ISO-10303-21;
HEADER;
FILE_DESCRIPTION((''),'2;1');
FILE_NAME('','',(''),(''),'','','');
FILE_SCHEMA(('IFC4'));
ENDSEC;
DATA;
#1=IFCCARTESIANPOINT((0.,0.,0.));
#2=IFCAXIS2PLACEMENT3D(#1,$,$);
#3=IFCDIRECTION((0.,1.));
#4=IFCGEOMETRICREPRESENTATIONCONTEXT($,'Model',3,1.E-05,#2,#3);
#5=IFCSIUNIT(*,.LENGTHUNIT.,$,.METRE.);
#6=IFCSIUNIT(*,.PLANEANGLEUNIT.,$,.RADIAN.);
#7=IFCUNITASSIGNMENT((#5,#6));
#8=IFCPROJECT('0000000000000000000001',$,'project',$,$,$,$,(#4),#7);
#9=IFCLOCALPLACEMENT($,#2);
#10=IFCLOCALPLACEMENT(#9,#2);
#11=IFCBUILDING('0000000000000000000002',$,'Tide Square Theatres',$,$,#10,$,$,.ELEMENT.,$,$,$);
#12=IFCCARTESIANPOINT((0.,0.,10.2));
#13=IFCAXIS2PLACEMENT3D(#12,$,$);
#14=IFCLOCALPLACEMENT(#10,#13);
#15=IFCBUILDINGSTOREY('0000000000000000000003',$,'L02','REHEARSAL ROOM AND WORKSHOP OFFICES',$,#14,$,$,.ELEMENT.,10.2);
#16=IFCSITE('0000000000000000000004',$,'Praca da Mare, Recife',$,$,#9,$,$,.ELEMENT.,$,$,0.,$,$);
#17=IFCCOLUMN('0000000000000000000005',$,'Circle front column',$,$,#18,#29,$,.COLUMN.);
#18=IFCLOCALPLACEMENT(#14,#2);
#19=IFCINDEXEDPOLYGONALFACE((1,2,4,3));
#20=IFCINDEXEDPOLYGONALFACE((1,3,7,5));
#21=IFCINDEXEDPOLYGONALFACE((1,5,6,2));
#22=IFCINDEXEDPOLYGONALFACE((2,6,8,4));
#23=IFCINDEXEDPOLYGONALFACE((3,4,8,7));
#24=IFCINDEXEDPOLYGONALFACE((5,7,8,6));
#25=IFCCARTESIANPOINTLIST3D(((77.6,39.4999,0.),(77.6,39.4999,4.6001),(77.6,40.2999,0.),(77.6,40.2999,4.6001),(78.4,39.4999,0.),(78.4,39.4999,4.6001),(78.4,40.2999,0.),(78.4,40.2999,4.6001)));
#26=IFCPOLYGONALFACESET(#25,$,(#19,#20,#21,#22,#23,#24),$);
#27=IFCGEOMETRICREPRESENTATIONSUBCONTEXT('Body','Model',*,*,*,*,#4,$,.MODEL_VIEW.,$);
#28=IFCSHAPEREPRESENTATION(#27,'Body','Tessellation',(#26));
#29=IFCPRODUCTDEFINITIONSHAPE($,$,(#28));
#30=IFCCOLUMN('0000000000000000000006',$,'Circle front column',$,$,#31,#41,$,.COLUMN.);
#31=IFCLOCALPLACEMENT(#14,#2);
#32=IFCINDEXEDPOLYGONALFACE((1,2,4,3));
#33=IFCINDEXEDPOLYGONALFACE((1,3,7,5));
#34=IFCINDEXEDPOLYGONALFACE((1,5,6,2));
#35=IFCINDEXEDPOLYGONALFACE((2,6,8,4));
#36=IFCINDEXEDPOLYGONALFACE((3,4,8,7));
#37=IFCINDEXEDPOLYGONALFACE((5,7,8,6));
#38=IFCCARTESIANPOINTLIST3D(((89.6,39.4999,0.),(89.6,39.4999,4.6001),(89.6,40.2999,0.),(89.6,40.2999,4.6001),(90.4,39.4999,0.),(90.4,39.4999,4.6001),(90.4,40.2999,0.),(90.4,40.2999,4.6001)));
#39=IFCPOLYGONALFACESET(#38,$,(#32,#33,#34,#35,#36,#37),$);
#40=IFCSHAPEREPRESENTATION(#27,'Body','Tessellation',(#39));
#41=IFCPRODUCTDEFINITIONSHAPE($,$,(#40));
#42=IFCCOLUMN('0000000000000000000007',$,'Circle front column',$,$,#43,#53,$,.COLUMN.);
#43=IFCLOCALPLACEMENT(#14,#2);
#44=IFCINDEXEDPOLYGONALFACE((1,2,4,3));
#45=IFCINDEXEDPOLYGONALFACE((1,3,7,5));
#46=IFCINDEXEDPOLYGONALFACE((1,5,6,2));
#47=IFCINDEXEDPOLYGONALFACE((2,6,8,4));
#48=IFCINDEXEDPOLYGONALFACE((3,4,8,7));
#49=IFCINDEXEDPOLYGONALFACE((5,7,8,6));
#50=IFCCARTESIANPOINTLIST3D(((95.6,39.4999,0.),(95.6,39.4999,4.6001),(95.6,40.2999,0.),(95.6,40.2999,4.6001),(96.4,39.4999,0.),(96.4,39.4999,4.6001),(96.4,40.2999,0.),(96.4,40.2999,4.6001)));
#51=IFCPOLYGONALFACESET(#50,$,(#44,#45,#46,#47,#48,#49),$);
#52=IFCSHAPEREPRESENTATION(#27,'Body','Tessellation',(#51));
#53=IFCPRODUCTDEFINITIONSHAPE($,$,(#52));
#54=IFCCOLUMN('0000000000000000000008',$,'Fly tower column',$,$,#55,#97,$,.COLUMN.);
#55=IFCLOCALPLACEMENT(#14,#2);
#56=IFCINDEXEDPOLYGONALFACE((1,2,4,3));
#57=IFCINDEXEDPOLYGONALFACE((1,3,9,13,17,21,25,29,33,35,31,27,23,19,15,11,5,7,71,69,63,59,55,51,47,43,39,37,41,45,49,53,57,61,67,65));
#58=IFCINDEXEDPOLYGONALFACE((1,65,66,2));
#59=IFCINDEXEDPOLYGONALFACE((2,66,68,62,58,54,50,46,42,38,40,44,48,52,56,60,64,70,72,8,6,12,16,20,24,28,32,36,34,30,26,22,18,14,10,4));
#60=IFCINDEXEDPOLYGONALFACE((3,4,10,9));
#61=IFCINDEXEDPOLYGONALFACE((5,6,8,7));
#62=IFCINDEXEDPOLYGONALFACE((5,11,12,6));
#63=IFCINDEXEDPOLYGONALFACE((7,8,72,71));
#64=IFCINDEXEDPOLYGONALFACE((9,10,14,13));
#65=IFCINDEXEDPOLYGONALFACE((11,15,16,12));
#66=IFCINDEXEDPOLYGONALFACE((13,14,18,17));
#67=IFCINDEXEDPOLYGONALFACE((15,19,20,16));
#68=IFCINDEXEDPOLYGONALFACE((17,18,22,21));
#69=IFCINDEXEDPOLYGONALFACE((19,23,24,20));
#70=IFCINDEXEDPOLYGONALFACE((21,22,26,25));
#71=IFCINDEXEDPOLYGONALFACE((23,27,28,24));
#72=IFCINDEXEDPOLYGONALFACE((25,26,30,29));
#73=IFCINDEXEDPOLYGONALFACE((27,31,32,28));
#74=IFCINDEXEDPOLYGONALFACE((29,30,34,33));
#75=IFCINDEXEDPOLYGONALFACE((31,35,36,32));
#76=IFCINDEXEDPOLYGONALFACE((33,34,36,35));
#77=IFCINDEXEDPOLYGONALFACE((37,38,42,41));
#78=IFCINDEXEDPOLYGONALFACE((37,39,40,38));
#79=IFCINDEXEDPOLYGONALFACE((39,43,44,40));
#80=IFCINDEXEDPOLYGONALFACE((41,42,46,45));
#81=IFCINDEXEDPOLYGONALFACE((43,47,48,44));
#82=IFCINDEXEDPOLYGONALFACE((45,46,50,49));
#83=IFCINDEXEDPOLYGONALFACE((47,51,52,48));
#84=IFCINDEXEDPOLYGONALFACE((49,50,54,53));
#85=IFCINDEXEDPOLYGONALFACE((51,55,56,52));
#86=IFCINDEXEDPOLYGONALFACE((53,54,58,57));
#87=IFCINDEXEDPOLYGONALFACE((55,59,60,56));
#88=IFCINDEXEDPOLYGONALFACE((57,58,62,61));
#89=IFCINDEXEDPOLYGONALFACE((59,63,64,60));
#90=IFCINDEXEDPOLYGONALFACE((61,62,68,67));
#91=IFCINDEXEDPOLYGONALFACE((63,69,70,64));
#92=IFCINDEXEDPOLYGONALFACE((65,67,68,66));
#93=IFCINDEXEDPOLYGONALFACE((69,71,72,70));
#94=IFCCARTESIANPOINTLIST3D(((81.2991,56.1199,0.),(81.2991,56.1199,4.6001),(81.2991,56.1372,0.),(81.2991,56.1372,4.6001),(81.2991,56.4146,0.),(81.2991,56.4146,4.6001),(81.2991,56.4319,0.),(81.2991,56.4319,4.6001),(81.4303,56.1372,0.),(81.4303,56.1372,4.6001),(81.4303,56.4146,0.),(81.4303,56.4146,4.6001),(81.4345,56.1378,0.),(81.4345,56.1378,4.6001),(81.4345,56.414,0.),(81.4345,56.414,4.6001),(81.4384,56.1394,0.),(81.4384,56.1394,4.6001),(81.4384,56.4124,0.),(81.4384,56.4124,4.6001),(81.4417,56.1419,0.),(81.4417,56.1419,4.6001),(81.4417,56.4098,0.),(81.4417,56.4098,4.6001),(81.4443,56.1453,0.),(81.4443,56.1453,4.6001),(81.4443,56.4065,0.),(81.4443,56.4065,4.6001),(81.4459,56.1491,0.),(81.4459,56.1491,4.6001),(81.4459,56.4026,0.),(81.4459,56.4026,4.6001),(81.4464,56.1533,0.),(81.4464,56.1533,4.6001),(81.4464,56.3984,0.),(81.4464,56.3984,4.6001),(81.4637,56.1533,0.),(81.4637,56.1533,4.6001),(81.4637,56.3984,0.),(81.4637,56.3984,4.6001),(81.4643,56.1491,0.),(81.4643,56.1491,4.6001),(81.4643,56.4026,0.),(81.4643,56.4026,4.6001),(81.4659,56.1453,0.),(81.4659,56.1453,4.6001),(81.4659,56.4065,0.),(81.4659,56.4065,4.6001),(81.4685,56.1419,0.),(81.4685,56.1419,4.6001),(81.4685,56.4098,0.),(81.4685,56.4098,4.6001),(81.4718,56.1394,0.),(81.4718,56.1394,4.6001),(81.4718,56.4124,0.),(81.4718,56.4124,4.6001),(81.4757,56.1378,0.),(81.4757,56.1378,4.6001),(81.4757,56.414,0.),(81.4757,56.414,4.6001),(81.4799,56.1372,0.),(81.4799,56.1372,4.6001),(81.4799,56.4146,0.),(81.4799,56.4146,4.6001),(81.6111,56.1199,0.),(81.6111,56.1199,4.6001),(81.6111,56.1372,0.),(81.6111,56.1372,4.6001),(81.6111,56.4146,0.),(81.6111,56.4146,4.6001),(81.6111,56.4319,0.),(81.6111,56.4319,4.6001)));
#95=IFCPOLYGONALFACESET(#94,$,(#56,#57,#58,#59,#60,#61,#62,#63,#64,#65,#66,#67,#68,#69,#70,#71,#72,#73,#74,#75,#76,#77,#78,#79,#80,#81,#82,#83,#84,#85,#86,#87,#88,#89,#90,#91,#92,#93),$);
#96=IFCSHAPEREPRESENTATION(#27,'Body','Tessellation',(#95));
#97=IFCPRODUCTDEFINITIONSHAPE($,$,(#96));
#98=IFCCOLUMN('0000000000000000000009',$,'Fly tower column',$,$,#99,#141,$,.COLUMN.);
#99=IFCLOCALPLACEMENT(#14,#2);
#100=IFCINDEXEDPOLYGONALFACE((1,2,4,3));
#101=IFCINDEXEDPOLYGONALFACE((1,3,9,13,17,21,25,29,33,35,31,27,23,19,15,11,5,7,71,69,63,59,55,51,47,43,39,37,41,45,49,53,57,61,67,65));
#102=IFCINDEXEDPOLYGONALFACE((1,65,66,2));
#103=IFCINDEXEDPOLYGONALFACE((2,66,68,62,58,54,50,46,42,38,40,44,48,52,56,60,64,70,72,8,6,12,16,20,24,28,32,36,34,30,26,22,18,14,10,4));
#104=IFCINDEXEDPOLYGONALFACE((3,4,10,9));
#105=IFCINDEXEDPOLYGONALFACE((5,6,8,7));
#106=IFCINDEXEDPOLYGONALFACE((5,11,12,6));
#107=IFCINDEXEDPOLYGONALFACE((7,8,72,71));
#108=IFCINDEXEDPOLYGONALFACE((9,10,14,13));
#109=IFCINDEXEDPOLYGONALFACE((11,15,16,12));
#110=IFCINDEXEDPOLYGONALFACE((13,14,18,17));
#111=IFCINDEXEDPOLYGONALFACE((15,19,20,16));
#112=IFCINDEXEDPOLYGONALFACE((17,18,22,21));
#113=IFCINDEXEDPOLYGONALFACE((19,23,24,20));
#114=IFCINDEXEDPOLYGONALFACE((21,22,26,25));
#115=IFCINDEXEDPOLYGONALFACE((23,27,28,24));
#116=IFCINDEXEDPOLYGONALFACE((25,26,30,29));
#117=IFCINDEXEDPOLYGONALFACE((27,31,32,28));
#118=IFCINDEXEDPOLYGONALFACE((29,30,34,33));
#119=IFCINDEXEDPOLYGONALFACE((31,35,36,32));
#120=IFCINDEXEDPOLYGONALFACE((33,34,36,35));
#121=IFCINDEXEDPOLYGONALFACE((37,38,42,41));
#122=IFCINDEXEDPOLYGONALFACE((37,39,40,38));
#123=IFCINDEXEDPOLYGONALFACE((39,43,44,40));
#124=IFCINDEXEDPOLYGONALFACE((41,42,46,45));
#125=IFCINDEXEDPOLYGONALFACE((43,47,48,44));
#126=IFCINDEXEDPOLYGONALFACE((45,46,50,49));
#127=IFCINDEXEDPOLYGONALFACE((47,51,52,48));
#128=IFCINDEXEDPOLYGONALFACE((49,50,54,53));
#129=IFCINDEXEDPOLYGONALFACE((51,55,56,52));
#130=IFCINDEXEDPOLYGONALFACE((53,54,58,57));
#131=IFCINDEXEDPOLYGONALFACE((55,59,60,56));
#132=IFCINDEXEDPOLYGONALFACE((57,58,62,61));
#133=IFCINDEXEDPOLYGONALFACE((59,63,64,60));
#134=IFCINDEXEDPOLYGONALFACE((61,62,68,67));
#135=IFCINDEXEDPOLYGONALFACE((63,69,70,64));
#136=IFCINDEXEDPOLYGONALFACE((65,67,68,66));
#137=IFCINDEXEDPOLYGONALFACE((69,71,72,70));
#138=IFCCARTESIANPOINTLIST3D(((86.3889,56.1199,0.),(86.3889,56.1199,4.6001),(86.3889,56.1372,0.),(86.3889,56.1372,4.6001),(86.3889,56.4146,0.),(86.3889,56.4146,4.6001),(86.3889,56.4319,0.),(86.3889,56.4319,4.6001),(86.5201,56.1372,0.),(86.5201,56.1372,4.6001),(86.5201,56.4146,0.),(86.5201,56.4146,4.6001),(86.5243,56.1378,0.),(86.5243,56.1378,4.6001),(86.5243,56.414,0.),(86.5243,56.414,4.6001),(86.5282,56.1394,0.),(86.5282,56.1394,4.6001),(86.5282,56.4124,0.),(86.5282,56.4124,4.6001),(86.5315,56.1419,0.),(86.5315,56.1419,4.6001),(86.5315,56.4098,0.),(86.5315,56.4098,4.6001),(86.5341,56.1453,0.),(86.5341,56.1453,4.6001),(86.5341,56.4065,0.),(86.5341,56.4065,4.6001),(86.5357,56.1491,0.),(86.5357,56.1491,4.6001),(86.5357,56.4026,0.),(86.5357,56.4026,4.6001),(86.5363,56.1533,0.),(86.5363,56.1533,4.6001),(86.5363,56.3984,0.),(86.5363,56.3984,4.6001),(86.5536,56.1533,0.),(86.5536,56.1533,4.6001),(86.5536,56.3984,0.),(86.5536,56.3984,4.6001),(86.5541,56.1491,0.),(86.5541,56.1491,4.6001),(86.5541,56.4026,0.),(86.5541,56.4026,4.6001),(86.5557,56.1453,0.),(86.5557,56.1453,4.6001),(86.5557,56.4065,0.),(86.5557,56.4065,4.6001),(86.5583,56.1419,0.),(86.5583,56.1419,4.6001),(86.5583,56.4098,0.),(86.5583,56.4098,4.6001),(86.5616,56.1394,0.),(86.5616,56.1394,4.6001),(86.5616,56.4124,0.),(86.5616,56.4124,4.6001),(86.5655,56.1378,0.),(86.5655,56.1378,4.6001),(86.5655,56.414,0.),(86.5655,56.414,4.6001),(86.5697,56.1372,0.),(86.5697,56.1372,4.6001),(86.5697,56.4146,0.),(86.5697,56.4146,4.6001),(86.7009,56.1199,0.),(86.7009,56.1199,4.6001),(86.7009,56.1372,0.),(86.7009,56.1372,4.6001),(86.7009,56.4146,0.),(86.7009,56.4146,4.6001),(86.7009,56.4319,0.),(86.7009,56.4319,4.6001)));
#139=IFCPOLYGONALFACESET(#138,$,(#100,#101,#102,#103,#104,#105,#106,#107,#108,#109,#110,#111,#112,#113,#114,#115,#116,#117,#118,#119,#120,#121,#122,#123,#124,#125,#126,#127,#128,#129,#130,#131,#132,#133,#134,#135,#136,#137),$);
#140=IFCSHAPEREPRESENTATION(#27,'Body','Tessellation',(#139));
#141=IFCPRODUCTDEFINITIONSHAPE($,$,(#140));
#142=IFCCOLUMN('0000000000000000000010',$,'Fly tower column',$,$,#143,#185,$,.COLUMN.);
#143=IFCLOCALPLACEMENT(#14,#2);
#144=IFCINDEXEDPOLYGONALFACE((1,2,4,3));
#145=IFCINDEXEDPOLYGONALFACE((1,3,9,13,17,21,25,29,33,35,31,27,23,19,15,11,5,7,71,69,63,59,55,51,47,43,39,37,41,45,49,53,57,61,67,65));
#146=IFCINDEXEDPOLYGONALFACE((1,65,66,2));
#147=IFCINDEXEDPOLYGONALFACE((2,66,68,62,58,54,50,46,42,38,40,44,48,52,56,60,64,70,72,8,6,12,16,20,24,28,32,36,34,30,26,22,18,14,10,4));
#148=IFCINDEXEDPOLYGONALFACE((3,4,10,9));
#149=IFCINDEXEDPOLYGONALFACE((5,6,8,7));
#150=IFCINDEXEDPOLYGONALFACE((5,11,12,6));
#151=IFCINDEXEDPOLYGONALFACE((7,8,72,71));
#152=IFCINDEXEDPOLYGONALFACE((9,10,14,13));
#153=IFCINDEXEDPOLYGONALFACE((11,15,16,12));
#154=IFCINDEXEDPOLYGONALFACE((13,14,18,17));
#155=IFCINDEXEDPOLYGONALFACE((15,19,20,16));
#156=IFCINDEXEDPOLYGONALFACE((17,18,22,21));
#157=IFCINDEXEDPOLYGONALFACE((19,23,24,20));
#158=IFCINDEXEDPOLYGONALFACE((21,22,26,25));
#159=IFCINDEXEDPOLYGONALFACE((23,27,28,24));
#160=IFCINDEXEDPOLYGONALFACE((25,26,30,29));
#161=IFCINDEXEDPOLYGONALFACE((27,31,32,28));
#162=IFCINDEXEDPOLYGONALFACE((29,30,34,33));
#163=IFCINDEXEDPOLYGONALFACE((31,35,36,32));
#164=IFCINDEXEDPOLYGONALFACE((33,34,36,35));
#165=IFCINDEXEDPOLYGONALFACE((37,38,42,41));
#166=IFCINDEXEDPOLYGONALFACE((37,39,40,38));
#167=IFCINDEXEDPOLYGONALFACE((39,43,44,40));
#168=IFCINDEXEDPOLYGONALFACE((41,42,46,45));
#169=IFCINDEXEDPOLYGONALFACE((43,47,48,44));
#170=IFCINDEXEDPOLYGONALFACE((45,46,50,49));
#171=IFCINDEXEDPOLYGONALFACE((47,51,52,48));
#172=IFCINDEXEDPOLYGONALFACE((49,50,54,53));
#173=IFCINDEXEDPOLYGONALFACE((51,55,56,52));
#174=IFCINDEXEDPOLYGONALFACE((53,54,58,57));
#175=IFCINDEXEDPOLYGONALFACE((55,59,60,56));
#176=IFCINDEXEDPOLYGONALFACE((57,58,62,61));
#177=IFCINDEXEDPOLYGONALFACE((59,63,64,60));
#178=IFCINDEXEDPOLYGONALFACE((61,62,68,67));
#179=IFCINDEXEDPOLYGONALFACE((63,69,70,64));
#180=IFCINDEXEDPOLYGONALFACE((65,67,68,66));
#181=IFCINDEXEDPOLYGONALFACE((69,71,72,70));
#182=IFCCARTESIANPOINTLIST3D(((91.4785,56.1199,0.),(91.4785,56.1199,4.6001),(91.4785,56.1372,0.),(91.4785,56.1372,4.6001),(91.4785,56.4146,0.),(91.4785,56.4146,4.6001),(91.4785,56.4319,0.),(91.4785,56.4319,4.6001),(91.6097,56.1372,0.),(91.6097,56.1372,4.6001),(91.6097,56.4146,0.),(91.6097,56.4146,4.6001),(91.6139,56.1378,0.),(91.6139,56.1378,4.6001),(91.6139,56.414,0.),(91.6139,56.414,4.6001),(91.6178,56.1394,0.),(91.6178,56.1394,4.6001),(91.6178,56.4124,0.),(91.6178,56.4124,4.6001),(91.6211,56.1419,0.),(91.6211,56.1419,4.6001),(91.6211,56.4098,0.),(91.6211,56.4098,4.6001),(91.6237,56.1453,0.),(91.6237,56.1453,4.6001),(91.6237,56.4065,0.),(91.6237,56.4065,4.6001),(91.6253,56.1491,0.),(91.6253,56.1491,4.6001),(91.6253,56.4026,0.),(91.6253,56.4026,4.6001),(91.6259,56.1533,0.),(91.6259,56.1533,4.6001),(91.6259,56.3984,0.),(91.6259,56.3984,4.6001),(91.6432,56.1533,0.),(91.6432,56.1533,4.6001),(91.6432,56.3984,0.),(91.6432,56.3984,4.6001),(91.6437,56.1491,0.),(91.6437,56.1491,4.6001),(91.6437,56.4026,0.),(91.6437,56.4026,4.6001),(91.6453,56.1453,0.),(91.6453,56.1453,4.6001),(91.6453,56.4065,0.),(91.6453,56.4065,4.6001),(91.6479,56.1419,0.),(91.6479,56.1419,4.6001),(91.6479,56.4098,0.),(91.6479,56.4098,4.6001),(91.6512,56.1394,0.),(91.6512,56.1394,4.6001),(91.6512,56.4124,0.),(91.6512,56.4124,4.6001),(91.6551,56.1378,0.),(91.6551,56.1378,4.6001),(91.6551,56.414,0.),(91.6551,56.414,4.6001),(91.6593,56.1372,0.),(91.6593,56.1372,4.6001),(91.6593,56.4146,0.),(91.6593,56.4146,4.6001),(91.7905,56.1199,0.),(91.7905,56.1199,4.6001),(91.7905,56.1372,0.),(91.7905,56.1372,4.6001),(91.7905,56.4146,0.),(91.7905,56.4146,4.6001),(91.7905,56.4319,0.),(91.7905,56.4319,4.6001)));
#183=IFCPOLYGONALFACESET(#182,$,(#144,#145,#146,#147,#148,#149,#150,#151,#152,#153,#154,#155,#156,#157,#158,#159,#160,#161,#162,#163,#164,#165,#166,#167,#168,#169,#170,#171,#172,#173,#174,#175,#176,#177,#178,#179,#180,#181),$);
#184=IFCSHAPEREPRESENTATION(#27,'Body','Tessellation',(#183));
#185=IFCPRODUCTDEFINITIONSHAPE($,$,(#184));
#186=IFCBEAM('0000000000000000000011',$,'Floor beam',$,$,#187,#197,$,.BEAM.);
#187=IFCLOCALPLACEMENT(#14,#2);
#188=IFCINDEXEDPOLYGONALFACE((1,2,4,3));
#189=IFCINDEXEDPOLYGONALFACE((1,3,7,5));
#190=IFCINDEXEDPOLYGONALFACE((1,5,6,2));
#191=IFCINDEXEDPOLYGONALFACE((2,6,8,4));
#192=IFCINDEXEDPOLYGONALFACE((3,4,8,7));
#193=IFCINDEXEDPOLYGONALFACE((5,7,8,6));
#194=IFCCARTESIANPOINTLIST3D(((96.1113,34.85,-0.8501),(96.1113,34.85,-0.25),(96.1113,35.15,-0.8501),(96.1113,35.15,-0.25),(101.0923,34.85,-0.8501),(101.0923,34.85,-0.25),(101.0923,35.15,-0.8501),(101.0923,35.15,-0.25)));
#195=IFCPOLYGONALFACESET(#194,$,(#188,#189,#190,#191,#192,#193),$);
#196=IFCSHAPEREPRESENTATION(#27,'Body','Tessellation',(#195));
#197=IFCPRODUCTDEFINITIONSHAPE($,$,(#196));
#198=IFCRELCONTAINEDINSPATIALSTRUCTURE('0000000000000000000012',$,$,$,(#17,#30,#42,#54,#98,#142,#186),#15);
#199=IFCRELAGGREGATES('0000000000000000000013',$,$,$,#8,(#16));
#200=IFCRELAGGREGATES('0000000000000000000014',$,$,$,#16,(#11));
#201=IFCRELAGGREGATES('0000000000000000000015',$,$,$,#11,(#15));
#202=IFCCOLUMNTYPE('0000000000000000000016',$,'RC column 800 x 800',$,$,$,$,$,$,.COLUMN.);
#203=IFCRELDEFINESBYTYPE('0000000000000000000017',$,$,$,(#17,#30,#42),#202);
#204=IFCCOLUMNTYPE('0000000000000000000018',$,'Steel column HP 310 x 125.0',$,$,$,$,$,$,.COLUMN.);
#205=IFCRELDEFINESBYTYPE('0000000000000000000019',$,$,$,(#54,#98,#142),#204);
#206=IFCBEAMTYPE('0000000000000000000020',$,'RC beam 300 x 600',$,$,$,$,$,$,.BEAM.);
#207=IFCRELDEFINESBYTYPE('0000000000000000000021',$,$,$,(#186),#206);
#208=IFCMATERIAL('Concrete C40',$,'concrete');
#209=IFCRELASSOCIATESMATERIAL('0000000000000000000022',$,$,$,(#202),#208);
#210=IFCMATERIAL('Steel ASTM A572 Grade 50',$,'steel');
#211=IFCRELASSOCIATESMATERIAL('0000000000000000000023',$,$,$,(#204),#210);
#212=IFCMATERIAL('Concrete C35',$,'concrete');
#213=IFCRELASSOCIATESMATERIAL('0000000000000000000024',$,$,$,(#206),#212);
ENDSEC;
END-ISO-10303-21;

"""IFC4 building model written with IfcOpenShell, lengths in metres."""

from ifc_helpers import new_model, si_unit, direction, frame, origin, origin_2d, place, context, subcontext, project, spatial, rectangle, i_section, extrude, material, material_profile, profile_set, type_object, element, save


model = new_model("IFC4")

# Units and contexts
model_context = context("Model", 3, precision=1e-05, world=origin(), true_north=direction((0.0, 1.0)))
body_context = subcontext(model_context, "Body", "Model", "MODEL_VIEW")
ifc_project = project(units=[si_unit("LENGTHUNIT", "METRE"), si_unit("PLANEANGLEUNIT", "RADIAN")], contexts=[model_context])

# Site, building, storey
site_placement = place(None, origin())
site = spatial("IfcSite", under=ifc_project, at=site_placement, Name="Praca da Mare, Recife", CompositionType="ELEMENT", RefElevation=0.0)
building_placement = place(site_placement, origin())
building = spatial("IfcBuilding", under=site, at=building_placement, Name="Tide Square Theatres", CompositionType="ELEMENT")
storey_placement = place(building_placement, frame((0.0, 0.0, 10.2)))
storey = spatial("IfcBuildingStorey", under=building, at=storey_placement, Name="L02", Description="REHEARSAL ROOM AND WORKSHOP OFFICES", CompositionType="ELEMENT", Elevation=10.2)

# Columns
ifc_material_1 = material(Name="Concrete C40", Category="concrete")
ifc_material_profile_1 = material_profile(ifc_material_1, rectangle(XDim=0.8, YDim=0.8, at=origin_2d()))
ifc_profile_set_1 = profile_set([ifc_material_profile_1], Name="Concrete C40")
column_type_1 = type_object("IfcColumnType", Name="RC column 800 x 800", PredefinedType="COLUMN", material=ifc_profile_set_1)
for number, where, z_axis, x_axis, name in (
    (1, (78.0, 39.8999, 0.0), (0.0, 0.0, 1.0), (1.0, 0.0, 0.0), "Circle front column"),
    (2, (90.0, 39.8999, 0.0), (0.0, 0.0, 1.0), (1.0, 0.0, 0.0), "Circle front column"),
    (3, (96.0, 39.8999, 0.0), (0.0, 0.0, 1.0), (1.0, 0.0, 0.0), "Circle front column"),
):
    element("IfcColumn", number, at=place(storey_placement, frame(where, z_axis=z_axis, x_axis=x_axis)), inside=storey, type_object=column_type_1, Name=name, PredefinedType="COLUMN", context=body_context, shape_type="SweptSolid", body=[
        extrude(rectangle(XDim=0.8, YDim=0.8, at=origin_2d()), origin(), (0.0, 0.0, 1.0), 4.6001),
    ])
ifc_material_2 = material(Name="Steel ASTM A572 Grade 50", Category="steel")
ifc_material_profile_2 = material_profile(ifc_material_2, i_section(OverallWidth=0.312, OverallDepth=0.312, WebThickness=0.0173, FlangeThickness=0.0173, FilletRadius=0.0161, at=origin_2d()))
ifc_profile_set_2 = profile_set([ifc_material_profile_2], Name="Steel ASTM A572 Grade 50")
column_type_2 = type_object("IfcColumnType", Name="Steel column HP 310 x 125.0", PredefinedType="COLUMN", material=ifc_profile_set_2)
for number, where, z_axis, x_axis, name in (
    (4, (81.4551, 56.2759, 0.0), (0.0, 0.0, 1.0), (1.0, 0.0, 0.0), "Fly tower column"),
    (5, (86.5449, 56.2759, 0.0), (0.0, 0.0, 1.0), (1.0, 0.0, 0.0), "Fly tower column"),
    (6, (91.6345, 56.2759, 0.0), (0.0, 0.0, 1.0), (1.0, 0.0, 0.0), "Fly tower column"),
):
    element("IfcColumn", number, at=place(storey_placement, frame(where, z_axis=z_axis, x_axis=x_axis)), inside=storey, type_object=column_type_2, Name=name, PredefinedType="COLUMN", context=body_context, shape_type="SweptSolid", body=[
        extrude(i_section(OverallWidth=0.312, OverallDepth=0.312, WebThickness=0.0173, FlangeThickness=0.0173, FilletRadius=0.0161, at=origin_2d()), origin(), (0.0, 0.0, 1.0), 4.6001),
    ])

# Beam
ifc_material_3 = material(Name="Concrete C35", Category="concrete")
ifc_material_profile_3 = material_profile(ifc_material_3, rectangle(XDim=0.3, YDim=0.6001, at=origin_2d()))
ifc_profile_set_3 = profile_set([ifc_material_profile_3], Name="Concrete C35")
beam_type_1 = type_object("IfcBeamType", Name="RC beam 300 x 600", PredefinedType="BEAM", material=ifc_profile_set_3)
beam_1_placement = place(storey_placement, frame((96.1113, 35.0, -0.55), z_axis=(1.0, 0.0, 0.0), x_axis=(0.0, 1.0, 0.0)))
element("IfcBeam", 7, at=beam_1_placement, inside=storey, type_object=beam_type_1, Name="Floor beam", PredefinedType="BEAM", context=body_context, shape_type="SweptSolid", body=[
    extrude(rectangle(XDim=0.3, YDim=0.6001, at=origin_2d()), origin(), (0.0, 0.0, 1.0), 4.981),
])

save(model, "model.ifc")
